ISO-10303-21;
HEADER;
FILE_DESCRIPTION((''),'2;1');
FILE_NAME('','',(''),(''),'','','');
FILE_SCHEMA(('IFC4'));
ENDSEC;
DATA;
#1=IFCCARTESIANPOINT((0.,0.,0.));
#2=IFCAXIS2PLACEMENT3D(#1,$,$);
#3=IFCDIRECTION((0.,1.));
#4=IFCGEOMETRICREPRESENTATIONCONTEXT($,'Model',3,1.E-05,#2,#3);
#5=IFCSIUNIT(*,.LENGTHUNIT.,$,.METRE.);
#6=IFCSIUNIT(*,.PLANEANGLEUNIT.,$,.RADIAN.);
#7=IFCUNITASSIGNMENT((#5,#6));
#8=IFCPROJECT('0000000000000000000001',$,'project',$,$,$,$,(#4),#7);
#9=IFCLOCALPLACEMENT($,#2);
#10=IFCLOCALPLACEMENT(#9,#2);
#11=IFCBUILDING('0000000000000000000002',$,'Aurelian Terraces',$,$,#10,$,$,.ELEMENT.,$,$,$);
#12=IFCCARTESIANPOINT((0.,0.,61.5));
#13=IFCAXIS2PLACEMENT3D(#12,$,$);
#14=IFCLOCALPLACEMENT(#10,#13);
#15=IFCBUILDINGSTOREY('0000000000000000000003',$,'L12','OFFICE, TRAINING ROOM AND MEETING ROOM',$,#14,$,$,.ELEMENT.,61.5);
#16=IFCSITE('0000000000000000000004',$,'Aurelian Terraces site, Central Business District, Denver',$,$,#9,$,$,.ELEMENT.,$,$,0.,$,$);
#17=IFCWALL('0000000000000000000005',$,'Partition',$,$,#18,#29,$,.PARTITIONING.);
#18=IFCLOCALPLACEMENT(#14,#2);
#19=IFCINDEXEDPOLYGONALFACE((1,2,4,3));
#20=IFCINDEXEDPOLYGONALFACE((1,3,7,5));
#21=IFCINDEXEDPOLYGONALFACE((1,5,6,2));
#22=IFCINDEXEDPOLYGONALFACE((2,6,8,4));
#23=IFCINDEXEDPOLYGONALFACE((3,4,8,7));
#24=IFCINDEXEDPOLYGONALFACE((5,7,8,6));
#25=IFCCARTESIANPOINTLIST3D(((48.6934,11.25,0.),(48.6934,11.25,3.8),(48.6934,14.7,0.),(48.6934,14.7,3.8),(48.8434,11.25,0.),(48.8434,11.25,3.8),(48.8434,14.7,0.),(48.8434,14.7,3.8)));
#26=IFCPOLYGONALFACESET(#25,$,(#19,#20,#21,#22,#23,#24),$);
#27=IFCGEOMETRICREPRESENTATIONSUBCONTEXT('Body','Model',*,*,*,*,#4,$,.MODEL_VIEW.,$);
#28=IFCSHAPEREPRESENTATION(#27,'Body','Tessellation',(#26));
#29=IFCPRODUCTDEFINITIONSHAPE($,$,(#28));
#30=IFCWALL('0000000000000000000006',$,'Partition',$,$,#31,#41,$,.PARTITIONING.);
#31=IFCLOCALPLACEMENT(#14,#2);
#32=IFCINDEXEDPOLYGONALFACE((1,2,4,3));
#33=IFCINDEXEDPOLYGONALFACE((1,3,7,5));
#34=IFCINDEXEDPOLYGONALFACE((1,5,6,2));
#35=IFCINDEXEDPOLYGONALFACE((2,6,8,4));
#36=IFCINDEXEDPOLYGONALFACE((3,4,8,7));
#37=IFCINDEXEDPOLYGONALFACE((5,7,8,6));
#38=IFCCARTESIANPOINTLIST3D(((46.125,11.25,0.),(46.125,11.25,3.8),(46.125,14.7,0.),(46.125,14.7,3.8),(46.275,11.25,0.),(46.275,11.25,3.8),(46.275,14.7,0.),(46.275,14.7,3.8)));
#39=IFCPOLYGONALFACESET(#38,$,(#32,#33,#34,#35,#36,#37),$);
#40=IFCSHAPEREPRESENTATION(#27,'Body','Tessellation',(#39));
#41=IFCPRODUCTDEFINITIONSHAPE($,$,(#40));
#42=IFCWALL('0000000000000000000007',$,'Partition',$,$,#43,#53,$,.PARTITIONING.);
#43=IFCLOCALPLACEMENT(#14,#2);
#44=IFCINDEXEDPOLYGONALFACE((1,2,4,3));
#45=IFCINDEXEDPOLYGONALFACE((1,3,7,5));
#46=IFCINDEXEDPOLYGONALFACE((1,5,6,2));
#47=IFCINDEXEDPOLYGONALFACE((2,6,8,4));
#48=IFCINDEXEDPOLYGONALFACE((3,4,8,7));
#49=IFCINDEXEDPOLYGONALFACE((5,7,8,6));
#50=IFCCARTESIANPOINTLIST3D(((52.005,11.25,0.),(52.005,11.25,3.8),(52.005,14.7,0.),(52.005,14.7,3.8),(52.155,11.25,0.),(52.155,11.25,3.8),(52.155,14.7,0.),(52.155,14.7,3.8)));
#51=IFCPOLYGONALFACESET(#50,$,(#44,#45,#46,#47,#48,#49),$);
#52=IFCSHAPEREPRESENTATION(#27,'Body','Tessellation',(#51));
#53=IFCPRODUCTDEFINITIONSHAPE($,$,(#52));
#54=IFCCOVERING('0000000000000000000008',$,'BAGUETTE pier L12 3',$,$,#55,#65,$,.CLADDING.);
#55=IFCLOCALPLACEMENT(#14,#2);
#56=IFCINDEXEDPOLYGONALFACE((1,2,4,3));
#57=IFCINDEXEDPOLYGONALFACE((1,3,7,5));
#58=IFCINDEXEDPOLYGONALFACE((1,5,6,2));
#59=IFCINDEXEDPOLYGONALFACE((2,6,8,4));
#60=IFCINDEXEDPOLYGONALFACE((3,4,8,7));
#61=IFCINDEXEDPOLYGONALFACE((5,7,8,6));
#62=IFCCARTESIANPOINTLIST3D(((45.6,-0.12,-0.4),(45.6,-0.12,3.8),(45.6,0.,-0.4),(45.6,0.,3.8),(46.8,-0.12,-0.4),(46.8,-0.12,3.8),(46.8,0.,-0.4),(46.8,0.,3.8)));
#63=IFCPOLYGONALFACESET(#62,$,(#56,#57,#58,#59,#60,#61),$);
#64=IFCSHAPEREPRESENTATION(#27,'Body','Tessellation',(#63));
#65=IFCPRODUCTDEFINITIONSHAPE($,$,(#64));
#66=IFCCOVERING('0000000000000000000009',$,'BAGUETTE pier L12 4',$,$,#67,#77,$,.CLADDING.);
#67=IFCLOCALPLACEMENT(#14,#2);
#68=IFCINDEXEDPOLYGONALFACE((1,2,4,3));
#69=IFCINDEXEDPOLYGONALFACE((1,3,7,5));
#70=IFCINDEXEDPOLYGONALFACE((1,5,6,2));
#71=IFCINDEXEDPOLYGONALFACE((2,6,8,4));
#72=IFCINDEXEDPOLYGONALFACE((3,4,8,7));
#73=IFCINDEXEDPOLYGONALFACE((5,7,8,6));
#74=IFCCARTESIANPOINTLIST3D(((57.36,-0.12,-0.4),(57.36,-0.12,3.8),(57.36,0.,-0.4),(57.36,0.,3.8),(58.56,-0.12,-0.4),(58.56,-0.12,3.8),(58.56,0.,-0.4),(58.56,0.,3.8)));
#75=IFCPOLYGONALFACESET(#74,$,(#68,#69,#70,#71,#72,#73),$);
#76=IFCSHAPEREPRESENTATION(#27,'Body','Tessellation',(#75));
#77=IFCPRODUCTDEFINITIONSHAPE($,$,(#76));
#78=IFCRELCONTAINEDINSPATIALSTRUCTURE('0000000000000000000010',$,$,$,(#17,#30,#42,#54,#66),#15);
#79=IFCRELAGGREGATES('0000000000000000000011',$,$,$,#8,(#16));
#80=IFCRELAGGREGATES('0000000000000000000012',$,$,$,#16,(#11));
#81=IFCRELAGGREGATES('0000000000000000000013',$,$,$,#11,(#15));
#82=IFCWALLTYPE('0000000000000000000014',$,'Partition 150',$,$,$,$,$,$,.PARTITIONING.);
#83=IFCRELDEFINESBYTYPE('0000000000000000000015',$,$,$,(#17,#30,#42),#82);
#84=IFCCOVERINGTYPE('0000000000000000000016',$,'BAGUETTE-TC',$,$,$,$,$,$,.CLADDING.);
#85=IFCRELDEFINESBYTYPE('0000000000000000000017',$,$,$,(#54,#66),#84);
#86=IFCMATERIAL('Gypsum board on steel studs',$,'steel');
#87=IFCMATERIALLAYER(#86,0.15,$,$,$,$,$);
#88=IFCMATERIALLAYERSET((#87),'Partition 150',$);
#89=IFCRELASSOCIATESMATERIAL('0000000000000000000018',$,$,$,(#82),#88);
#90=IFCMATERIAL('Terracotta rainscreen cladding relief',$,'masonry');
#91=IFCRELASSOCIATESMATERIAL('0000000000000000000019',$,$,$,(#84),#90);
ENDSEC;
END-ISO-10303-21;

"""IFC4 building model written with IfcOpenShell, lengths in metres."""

from ifc_helpers import new_model, si_unit, direction, frame, frame_2d, origin, origin_2d, place, context, subcontext, project, spatial, rectangle, extrude, source, transform, mapped, material, layer, layer_set, type_object, element, save


model = new_model("IFC4")

# Units and contexts
model_context = context("Model", 3, precision=1e-05, world=origin(), true_north=direction((0.0, 1.0)))
body_context = subcontext(model_context, "Body", "Model", "MODEL_VIEW")
ifc_project = project(units=[si_unit("LENGTHUNIT", "METRE"), si_unit("PLANEANGLEUNIT", "RADIAN")], contexts=[model_context])

# Site, building, storey
site_placement = place(None, origin())
site = spatial("IfcSite", under=ifc_project, at=site_placement, Name="Aurelian Terraces site, Central Business District, Denver", CompositionType="ELEMENT", RefElevation=0.0)
building_placement = place(site_placement, origin())
building = spatial("IfcBuilding", under=site, at=building_placement, Name="Aurelian Terraces", CompositionType="ELEMENT")
storey_placement = place(building_placement, frame((0.0, 0.0, 61.5)))
storey = spatial("IfcBuildingStorey", under=building, at=storey_placement, Name="L12", Description="OFFICE, TRAINING ROOM AND MEETING ROOM", CompositionType="ELEMENT", Elevation=61.5)

# Shared definitions
ifc_material_1 = material(Name="Gypsum board on steel studs", Category="steel")
ifc_layer_1 = layer(ifc_material_1, 0.15)
ifc_layer_set_1 = layer_set([ifc_layer_1], Name="Partition 150")
wall_type_1 = type_object("IfcWallType", Name="Partition 150", PredefinedType="PARTITIONING", material=ifc_layer_set_1)

# Walls
shared_shape_1 = source(origin(), body_context, "Body", "SweptSolid", [
    extrude(rectangle(XDim=3.45, YDim=0.15, at=frame_2d((1.725, 0.0))), origin(), (0.0, 0.0, 1.0), 3.8),
])
for number, where, z_axis, x_axis, name in (
    (1, (48.7684, 11.25, 0.0), (0.0, 0.0, 1.0), (0.0, 1.0, 0.0), "Partition"),
    (2, (46.2, 11.25, 0.0), (0.0, 0.0, 1.0), (0.0, 1.0, 0.0), "Partition"),
    (3, (52.08, 11.25, 0.0), (0.0, 0.0, 1.0), (0.0, 1.0, 0.0), "Partition"),
):
    element("IfcWall", number, at=place(storey_placement, frame(where, z_axis=z_axis, x_axis=x_axis)), inside=storey, type_object=wall_type_1, Name=name, PredefinedType="PARTITIONING", context=body_context, shape_type="MappedRepresentation", body=[
        mapped(shared_shape_1, transform((0.0, 0.0, 0.0), scale=1.0)),
    ])

# Coverings
ifc_material_2 = material(Name="Terracotta rainscreen cladding relief", Category="masonry")
covering_type = type_object("IfcCoveringType", Name="BAGUETTE-TC", PredefinedType="CLADDING", material=ifc_material_2)
shared_shape_2 = source(origin(), body_context, "Body", "SweptSolid", [
    extrude(rectangle(XDim=1.2, YDim=0.12, at=origin_2d()), origin(), (0.0, 0.0, 1.0), 4.2),
])
for number, where, z_axis, x_axis, name in (
    (4, (46.2, -0.06, -0.4), (0.0, 0.0, 1.0), (1.0, 0.0, 0.0), "BAGUETTE pier L12 3"),
    (5, (57.96, -0.06, -0.4), (0.0, 0.0, 1.0), (1.0, 0.0, 0.0), "BAGUETTE pier L12 4"),
):
    element("IfcCovering", number, at=place(storey_placement, frame(where, z_axis=z_axis, x_axis=x_axis)), inside=storey, type_object=covering_type, Name=name, PredefinedType="CLADDING", context=body_context, shape_type="MappedRepresentation", body=[
        mapped(shared_shape_2, transform((0.0, 0.0, 0.0), scale=1.0)),
    ])

save(model, "model.ifc")
